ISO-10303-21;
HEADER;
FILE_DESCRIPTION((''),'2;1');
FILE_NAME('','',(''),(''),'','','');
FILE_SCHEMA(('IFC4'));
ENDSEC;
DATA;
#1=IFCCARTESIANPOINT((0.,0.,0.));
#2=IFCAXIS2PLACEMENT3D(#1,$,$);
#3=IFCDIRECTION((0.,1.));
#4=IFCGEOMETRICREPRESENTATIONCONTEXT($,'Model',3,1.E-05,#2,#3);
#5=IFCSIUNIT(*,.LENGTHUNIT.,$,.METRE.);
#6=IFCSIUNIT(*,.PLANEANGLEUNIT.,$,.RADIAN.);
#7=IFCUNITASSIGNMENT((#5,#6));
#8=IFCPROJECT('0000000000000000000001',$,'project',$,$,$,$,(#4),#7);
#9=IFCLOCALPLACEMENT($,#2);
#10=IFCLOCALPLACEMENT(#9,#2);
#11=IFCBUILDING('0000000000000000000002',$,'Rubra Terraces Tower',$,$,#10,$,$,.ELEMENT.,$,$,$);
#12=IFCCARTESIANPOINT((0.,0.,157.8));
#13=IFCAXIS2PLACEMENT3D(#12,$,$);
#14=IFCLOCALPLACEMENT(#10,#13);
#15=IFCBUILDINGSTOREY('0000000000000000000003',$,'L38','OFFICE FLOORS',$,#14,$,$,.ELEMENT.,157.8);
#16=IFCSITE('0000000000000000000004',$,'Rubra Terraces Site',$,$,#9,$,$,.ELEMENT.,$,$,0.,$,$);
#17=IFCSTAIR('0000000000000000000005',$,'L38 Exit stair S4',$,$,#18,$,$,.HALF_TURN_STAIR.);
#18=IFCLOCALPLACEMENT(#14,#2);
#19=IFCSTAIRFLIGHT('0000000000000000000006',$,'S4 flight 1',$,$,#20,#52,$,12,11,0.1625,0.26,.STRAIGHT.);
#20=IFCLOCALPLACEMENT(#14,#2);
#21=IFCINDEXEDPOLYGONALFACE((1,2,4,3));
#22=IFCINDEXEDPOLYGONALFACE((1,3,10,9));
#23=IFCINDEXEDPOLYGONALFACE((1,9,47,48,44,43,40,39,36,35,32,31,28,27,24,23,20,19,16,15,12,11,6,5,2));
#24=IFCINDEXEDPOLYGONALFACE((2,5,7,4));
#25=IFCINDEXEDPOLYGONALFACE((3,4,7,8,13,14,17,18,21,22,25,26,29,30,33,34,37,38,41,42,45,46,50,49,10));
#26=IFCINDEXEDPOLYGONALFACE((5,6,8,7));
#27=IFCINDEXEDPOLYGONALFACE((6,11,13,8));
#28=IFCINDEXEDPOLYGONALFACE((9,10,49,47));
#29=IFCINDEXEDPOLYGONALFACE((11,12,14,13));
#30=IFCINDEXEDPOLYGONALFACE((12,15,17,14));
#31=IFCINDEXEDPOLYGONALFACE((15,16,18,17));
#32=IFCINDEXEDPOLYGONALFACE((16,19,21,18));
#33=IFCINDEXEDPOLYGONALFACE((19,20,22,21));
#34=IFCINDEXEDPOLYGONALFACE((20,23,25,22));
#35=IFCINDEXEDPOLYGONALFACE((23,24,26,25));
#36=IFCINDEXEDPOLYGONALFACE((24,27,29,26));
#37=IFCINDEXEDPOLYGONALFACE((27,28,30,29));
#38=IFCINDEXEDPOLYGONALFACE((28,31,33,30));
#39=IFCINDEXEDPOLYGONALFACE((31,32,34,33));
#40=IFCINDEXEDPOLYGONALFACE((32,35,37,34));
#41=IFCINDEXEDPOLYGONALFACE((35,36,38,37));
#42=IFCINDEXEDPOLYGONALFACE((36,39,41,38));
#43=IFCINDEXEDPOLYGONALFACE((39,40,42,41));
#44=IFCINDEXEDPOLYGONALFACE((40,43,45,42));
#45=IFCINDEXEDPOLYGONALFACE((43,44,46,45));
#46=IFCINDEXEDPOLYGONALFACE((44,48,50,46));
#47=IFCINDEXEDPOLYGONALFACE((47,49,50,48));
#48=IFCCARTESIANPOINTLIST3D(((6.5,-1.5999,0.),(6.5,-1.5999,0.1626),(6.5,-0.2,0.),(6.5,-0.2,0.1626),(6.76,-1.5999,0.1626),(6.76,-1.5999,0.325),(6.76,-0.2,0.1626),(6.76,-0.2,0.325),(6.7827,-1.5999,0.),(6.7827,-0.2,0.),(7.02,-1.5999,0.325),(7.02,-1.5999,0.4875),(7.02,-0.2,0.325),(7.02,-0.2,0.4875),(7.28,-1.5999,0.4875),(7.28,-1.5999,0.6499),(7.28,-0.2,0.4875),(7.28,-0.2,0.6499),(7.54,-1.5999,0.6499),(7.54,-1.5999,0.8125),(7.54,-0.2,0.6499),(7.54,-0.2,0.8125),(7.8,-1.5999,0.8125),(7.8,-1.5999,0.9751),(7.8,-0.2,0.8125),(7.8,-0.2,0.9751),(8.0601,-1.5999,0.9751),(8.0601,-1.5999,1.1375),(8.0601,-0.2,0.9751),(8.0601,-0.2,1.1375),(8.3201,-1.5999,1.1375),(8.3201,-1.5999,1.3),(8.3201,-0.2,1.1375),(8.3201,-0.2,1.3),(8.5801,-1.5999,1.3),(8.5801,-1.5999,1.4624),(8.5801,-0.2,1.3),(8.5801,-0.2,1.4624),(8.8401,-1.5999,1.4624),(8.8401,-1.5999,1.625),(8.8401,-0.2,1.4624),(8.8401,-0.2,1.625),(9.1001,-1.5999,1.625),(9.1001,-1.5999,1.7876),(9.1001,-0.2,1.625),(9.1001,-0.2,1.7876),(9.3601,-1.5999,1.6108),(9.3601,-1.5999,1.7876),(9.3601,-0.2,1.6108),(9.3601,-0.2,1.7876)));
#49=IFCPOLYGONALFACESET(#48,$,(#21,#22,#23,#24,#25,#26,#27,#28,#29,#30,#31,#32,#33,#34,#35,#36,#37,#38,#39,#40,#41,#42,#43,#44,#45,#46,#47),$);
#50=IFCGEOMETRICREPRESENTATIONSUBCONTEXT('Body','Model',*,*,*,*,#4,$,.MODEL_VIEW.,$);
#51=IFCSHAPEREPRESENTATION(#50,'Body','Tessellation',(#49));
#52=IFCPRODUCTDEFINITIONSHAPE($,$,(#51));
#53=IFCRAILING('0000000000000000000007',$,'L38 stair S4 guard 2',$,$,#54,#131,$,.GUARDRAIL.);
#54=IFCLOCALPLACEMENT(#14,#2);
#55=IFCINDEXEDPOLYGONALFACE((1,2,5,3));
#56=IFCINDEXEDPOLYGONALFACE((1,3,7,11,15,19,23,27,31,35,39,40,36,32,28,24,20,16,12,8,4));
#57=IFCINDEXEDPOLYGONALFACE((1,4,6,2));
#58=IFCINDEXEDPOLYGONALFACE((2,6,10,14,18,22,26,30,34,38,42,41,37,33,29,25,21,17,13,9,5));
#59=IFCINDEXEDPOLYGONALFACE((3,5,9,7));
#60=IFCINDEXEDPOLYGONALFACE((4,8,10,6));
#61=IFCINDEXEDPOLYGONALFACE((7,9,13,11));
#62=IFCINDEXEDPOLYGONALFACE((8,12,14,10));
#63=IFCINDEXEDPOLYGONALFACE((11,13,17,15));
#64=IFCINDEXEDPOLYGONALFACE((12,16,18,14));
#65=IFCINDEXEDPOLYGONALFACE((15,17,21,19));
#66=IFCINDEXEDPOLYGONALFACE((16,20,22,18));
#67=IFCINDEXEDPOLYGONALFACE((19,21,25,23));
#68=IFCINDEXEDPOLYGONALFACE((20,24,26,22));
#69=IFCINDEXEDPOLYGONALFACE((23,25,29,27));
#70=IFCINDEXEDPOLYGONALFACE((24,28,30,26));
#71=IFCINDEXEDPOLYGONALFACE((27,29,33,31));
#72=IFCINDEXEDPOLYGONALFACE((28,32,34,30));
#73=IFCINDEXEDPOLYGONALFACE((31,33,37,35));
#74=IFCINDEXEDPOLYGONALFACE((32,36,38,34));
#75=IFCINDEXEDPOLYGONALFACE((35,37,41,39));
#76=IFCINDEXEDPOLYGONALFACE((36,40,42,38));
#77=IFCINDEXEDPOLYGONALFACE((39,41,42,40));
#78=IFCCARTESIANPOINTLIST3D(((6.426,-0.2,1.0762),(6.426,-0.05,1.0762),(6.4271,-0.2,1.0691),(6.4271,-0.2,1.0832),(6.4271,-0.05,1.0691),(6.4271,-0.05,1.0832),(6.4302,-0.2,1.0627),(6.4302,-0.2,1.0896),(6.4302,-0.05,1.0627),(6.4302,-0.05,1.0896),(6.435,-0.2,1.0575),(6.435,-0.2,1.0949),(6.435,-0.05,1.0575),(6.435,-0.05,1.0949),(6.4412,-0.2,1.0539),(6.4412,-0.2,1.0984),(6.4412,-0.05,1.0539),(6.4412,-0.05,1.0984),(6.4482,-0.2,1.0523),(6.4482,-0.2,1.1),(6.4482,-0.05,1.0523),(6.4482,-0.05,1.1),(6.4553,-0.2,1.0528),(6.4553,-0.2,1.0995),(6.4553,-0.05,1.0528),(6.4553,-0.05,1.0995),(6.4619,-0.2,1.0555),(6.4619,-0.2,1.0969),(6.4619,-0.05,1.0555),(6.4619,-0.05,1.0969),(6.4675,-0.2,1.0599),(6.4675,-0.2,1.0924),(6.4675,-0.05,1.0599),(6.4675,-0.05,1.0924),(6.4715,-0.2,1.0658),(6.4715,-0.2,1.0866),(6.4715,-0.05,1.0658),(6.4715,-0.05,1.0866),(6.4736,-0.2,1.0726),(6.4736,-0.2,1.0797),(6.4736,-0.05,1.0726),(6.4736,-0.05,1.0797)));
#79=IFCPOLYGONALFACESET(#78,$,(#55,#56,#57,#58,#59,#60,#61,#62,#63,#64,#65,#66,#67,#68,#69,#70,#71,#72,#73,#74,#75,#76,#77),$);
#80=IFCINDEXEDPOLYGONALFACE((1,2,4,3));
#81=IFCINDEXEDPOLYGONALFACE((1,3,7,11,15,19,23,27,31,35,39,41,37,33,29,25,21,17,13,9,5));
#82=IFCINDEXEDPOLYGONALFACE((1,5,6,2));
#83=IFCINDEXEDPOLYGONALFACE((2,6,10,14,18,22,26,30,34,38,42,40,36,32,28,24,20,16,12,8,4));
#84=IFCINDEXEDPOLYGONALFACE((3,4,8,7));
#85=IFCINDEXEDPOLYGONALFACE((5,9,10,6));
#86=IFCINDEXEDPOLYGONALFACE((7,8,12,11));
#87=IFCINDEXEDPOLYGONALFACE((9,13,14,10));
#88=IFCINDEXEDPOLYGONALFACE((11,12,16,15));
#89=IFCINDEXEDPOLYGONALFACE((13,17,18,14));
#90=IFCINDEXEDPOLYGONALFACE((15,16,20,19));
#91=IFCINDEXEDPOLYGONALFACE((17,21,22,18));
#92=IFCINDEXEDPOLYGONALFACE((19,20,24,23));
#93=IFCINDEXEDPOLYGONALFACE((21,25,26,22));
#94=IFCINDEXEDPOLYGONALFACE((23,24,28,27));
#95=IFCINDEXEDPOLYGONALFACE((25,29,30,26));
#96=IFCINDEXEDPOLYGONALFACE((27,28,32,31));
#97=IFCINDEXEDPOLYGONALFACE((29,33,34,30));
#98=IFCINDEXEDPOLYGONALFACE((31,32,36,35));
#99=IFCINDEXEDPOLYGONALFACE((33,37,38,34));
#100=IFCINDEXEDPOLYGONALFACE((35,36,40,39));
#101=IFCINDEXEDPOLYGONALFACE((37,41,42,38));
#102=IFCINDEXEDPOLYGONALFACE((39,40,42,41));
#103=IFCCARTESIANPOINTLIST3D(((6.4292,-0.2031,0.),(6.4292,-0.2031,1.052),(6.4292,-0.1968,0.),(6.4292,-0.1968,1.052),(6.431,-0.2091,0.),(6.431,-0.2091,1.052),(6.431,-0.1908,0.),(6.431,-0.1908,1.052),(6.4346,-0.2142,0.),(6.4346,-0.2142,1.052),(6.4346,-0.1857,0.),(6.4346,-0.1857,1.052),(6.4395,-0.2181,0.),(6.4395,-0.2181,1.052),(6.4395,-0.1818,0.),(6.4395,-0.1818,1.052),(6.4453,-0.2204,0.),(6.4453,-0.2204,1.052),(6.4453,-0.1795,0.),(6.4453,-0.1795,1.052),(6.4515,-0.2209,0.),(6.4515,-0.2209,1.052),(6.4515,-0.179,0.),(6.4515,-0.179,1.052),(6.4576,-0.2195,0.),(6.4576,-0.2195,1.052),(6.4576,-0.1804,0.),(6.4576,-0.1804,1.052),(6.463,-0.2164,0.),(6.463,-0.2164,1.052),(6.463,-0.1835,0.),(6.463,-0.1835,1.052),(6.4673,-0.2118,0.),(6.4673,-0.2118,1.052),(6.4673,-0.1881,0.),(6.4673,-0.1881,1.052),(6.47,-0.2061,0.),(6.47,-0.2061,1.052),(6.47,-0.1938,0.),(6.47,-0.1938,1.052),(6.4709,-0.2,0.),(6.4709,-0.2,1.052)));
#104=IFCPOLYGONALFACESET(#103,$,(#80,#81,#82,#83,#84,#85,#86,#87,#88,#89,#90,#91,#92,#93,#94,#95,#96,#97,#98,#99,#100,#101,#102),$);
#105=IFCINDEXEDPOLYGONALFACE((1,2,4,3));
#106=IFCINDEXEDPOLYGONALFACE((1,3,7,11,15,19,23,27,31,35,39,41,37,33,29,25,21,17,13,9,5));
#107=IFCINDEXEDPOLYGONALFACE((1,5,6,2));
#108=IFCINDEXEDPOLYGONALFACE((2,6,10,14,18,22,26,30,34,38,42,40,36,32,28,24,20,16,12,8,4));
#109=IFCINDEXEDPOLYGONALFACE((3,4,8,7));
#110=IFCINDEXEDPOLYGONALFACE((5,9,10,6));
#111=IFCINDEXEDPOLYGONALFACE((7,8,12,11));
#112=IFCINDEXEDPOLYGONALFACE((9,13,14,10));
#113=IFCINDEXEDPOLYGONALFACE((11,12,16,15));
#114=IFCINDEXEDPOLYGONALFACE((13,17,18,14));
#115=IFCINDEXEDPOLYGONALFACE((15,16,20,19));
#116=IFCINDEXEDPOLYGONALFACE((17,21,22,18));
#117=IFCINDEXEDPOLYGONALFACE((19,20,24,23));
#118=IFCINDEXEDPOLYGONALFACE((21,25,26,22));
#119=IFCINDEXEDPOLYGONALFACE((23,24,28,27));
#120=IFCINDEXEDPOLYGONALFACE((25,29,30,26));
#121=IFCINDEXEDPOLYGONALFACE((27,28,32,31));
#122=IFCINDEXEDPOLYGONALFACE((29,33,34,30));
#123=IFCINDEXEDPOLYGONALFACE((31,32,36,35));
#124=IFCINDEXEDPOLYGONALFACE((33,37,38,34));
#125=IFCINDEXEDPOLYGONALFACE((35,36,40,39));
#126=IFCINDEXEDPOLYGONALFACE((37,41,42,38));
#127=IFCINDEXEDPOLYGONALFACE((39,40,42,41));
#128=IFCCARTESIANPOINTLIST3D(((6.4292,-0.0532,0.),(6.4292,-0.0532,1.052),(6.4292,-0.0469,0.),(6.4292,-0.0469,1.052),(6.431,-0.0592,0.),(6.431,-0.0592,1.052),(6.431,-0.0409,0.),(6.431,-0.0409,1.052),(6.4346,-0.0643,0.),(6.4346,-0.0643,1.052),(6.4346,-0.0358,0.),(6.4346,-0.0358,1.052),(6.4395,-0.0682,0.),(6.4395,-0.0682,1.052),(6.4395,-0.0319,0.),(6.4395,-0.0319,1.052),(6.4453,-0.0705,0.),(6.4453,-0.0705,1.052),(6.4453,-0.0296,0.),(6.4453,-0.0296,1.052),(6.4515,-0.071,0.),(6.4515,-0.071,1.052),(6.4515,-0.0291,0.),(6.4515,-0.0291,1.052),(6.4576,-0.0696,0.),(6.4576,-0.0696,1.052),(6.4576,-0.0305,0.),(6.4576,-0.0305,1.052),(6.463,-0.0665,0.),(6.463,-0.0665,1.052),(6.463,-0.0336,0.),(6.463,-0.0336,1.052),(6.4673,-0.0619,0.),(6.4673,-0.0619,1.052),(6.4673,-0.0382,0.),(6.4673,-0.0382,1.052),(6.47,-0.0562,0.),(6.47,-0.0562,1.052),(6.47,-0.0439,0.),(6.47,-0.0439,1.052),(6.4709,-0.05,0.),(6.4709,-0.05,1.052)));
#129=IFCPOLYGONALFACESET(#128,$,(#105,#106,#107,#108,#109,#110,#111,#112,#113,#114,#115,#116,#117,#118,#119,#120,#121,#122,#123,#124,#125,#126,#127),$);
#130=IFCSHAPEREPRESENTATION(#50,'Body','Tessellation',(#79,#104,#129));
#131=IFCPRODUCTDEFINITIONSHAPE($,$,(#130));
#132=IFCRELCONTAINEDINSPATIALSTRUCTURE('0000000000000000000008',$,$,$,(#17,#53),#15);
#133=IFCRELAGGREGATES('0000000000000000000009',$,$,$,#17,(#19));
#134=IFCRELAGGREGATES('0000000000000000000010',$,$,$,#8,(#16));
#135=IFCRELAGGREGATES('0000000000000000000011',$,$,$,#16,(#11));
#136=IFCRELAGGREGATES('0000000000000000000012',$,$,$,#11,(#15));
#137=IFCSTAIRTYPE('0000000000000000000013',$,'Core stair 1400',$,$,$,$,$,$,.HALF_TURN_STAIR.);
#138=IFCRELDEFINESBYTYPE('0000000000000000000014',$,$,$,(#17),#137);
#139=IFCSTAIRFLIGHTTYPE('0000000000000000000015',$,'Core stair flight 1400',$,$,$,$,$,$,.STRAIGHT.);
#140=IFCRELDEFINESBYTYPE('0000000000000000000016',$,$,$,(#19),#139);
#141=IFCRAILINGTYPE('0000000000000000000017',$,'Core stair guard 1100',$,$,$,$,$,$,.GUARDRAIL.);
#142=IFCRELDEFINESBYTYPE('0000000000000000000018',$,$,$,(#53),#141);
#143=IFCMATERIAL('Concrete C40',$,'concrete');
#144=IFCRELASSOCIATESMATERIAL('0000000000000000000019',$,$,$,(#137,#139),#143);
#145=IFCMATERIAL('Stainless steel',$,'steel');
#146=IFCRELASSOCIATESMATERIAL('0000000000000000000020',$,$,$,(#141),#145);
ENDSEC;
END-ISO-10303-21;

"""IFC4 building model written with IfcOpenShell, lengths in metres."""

from ifc_helpers import new_model, si_unit, direction, frame, origin, origin_2d, place, context, subcontext, project, spatial, polyline, circle, outline, extrude, material, type_object, element, aggregate, save


model = new_model("IFC4")

# Units and contexts
model_context = context("Model", 3, precision=1e-05, world=origin(), true_north=direction((0.0, 1.0)))
body_context = subcontext(model_context, "Body", "Model", "MODEL_VIEW")
ifc_project = project(units=[si_unit("LENGTHUNIT", "METRE"), si_unit("PLANEANGLEUNIT", "RADIAN")], contexts=[model_context])

# Site, building, storey
site_placement = place(None, origin())
site = spatial("IfcSite", under=ifc_project, at=site_placement, Name="Rubra Terraces Site", CompositionType="ELEMENT", RefElevation=0.0)
building_placement = place(site_placement, origin())
building = spatial("IfcBuilding", under=site, at=building_placement, Name="Rubra Terraces Tower", CompositionType="ELEMENT")
storey_placement = place(building_placement, frame((0.0, 0.0, 157.8)))
storey = spatial("IfcBuildingStorey", under=building, at=storey_placement, Name="L38", Description="OFFICE FLOORS", CompositionType="ELEMENT", Elevation=157.8)

# Shared definitions
ifc_material_1 = material(Name="Concrete C40", Category="concrete")

# Shared definitions
stair_type = type_object("IfcStairType", Name="Core stair 1400", PredefinedType="HALF_TURN_STAIR", material=ifc_material_1)

# Stair, stair flight
stair_1_placement = place(storey_placement, origin())
stair_1 = element("IfcStair", 1, at=stair_1_placement, inside=storey, type_object=stair_type, Name="L38 Exit stair S4", PredefinedType="HALF_TURN_STAIR")
stair_flight_type = type_object("IfcStairFlightType", Name="Core stair flight 1400", PredefinedType="STRAIGHT", material=ifc_material_1)
stair_flight_placement = place(storey_placement, frame((6.5, -0.8999, 0.0), z_axis=(0.0, 0.0, 1.0), x_axis=(1.0, 0.0, 0.0)))
stair_flight = element("IfcStairFlight", 2, at=stair_flight_placement, type_object=stair_flight_type, Name="S4 flight 1", NumberOfRisers=12, NumberOfTreads=11, PredefinedType="STRAIGHT", RiserHeight=0.1625, TreadLength=0.26, context=body_context, shape_type="SweptSolid", body=[
    extrude(outline(polyline([(0.0, 0.0), (0.0, 0.1626), (0.26, 0.1626), (0.26, 0.325), (0.52, 0.325), (0.52, 0.4875), (0.78, 0.4875), (0.78, 0.6499), (1.04, 0.6499), (1.04, 0.8125), (1.3, 0.8125), (1.3, 0.9751), (1.5601, 0.9751), (1.5601, 1.1375), (1.8201, 1.1375), (1.8201, 1.3), (2.0801, 1.3), (2.0801, 1.4624), (2.3401, 1.4624), (2.3401, 1.625), (2.6001, 1.625), (2.6001, 1.7876), (2.8601, 1.7876), (2.8601, 1.95), (2.8601, 1.6108), (0.2827, 0.0), (0.0, 0.0)])), frame((0.0, 0.7, 0.0), z_axis=(0.0, -1.0, 0.0), x_axis=(1.0, 0.0, 0.0)), (0.0, 0.0, 1.0), 1.3999),
])
aggregate(stair_1, [stair_flight])

# Railing
ifc_material_2 = material(Name="Stainless steel", Category="steel")
railing_type_1 = type_object("IfcRailingType", Name="Core stair guard 1100", PredefinedType="GUARDRAIL", material=ifc_material_2)
railing_1_placement = place(storey_placement, frame((6.45, -0.2, 0.0)))
element("IfcRailing", 3, at=railing_1_placement, inside=storey, type_object=railing_type_1, Name="L38 stair S4 guard 2", PredefinedType="GUARDRAIL", context=body_context, shape_type="SweptSolid", body=[
    extrude(circle(Radius=0.0239, at=origin_2d()), frame((0.0, 0.0, 1.0762), z_axis=(0.0, 1.0, 0.0), x_axis=(-1.0, 0.0, 0.0)), (0.0, 0.0, 1.0), 0.1499),
    extrude(circle(Radius=0.021, at=origin_2d()), origin(), (0.0, 0.0, 1.0), 1.052),
    extrude(circle(Radius=0.021, at=origin_2d()), frame((0.0, 0.1499, 0.0)), (0.0, 0.0, 1.0), 1.052),
])

save(model, "model.ifc")
